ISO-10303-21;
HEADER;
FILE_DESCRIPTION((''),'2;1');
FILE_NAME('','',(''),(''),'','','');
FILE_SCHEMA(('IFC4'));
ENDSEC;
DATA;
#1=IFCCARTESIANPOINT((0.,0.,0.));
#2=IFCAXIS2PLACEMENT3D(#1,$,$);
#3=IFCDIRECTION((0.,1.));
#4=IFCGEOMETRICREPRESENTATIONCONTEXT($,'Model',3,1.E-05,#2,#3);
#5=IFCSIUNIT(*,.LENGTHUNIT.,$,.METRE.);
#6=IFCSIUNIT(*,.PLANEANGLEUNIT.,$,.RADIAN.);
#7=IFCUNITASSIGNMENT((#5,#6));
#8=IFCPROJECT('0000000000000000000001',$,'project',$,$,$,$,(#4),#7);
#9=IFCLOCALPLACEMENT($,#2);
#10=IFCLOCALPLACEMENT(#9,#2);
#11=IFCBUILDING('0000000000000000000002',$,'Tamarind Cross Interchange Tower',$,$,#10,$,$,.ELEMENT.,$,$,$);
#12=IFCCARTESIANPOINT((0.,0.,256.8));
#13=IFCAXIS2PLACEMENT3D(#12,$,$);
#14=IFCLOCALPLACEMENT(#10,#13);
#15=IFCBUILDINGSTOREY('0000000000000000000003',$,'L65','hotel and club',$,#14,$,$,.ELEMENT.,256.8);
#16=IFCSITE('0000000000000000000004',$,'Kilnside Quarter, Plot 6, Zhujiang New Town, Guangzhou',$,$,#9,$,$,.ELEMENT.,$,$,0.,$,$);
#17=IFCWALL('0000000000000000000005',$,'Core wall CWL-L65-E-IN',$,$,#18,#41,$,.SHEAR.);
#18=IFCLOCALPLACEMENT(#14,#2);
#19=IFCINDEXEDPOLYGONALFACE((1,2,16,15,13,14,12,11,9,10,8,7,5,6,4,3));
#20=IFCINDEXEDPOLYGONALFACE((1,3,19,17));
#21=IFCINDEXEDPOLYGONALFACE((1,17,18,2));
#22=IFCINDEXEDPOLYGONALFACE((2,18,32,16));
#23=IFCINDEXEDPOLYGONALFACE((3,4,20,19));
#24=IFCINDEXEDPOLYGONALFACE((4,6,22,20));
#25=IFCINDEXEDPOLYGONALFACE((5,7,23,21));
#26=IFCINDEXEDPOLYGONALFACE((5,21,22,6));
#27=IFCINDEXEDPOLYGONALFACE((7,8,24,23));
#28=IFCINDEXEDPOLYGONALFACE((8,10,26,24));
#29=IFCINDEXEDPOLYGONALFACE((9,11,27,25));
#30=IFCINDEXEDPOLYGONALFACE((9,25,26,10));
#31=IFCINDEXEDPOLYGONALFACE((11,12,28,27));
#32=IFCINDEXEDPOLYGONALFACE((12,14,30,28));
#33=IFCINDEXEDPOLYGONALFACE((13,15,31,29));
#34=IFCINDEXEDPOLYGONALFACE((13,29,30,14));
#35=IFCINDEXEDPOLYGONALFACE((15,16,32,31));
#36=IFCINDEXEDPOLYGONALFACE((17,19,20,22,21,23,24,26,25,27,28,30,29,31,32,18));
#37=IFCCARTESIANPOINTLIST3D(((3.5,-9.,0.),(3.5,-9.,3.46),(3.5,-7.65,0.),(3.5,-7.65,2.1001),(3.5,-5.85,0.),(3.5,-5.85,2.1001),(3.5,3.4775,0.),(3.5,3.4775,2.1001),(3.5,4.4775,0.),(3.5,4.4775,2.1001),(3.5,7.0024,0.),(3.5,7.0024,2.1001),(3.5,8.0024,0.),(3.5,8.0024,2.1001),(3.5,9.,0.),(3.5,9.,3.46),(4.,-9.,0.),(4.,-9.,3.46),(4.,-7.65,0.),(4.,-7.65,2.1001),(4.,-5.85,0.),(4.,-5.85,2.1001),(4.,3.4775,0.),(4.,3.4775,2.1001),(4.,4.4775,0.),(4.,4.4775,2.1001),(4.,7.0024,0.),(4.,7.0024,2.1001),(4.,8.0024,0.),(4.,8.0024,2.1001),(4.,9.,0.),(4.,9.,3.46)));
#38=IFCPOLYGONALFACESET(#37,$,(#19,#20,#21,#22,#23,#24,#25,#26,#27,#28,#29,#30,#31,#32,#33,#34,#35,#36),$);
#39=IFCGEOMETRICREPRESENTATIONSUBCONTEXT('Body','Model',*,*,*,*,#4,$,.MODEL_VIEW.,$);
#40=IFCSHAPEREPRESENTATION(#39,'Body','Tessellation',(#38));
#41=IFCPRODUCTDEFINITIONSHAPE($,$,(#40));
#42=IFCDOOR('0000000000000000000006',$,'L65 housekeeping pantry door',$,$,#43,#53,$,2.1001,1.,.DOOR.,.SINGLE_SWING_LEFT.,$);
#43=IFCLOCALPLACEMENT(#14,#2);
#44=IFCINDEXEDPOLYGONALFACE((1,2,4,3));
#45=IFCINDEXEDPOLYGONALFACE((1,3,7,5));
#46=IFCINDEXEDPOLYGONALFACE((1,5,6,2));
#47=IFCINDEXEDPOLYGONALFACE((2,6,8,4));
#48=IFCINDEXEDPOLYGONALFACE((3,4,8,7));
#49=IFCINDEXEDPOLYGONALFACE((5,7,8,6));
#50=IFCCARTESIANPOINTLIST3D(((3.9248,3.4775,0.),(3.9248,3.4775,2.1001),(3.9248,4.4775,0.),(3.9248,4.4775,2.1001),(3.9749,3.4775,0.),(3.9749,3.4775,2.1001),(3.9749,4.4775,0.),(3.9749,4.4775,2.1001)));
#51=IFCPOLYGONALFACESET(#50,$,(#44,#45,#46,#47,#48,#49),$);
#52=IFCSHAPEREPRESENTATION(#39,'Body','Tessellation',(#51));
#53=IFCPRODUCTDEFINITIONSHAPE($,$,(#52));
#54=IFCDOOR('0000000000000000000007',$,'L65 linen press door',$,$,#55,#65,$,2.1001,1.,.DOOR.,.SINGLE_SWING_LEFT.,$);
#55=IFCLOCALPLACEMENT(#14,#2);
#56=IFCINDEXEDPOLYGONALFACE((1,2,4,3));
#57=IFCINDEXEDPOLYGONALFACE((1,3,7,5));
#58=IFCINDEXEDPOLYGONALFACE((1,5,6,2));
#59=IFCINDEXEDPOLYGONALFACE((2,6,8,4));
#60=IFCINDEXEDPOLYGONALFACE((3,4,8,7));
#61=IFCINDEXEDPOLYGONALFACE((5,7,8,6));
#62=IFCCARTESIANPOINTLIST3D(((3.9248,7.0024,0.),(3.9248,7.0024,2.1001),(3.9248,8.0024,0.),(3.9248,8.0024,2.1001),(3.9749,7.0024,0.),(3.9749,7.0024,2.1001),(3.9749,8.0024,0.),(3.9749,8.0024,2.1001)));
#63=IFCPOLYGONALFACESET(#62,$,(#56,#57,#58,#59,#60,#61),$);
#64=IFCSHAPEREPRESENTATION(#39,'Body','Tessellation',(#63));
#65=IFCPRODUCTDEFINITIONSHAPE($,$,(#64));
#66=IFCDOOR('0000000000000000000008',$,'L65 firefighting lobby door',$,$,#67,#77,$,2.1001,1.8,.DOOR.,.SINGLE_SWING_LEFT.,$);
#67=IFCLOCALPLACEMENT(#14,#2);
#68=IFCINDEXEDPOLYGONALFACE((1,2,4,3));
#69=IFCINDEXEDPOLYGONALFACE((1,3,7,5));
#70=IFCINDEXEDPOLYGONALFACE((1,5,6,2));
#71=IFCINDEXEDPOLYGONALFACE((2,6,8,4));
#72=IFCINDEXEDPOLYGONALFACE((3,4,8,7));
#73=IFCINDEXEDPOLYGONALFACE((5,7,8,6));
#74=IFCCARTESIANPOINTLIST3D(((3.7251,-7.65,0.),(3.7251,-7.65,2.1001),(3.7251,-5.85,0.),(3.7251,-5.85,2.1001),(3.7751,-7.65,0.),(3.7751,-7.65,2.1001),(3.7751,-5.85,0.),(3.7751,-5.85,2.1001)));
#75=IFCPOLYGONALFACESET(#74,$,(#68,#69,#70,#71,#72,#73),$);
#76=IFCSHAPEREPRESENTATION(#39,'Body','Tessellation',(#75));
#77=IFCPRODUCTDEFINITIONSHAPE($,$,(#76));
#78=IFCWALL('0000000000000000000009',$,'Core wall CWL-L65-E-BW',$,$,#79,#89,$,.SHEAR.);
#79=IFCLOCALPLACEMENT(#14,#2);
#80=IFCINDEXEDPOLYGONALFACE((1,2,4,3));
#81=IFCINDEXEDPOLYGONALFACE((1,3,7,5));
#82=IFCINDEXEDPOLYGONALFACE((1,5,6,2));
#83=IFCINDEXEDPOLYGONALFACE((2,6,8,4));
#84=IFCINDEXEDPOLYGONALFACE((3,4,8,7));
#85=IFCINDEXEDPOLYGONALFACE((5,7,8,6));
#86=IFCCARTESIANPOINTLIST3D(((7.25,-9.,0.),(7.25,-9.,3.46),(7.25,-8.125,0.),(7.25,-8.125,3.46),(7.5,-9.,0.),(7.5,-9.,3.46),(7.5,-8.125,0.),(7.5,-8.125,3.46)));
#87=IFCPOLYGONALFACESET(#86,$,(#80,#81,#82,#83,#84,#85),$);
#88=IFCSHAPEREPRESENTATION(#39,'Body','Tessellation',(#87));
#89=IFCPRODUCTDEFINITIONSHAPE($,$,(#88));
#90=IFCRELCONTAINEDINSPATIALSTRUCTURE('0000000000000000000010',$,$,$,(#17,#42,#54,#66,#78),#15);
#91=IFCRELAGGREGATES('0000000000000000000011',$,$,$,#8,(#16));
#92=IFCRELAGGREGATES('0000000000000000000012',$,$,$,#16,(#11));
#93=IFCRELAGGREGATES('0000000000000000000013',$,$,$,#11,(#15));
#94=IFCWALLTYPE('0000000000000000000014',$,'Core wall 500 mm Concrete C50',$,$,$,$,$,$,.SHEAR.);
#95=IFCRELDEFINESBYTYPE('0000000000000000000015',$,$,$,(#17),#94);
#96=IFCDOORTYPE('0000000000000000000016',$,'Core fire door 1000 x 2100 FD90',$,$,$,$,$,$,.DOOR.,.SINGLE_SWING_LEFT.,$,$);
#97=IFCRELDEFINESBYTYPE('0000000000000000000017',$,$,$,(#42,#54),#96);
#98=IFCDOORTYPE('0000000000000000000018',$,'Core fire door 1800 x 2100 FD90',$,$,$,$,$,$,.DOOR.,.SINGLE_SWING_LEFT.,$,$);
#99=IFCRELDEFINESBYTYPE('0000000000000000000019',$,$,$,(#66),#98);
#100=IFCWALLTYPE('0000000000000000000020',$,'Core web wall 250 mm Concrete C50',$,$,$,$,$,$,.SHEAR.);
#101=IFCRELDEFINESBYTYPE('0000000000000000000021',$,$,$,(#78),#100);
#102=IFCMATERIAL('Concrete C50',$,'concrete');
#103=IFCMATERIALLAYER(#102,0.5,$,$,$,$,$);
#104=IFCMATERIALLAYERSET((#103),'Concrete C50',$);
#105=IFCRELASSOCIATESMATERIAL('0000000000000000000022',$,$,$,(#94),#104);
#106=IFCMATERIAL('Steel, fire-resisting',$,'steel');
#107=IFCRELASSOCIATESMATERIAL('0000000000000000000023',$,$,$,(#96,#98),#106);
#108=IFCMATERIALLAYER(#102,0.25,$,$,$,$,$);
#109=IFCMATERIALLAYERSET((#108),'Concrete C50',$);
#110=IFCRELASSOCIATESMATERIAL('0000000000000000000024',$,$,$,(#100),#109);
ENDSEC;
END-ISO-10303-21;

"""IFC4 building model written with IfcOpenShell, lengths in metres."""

from ifc_helpers import new_model, si_unit, direction, frame, frame_2d, origin, place, context, subcontext, project, spatial, rectangle, extrude, material, layer, layer_set, type_object, element, fill, save


model = new_model("IFC4")

# Units and contexts
model_context = context("Model", 3, precision=1e-05, world=origin(), true_north=direction((0.0, 1.0)))
body_context = subcontext(model_context, "Body", "Model", "MODEL_VIEW")
ifc_project = project(units=[si_unit("LENGTHUNIT", "METRE"), si_unit("PLANEANGLEUNIT", "RADIAN")], contexts=[model_context])

# Site, building, storey
site_placement = place(None, origin())
site = spatial("IfcSite", under=ifc_project, at=site_placement, Name="Kilnside Quarter, Plot 6, Zhujiang New Town, Guangzhou", CompositionType="ELEMENT", RefElevation=0.0)
building_placement = place(site_placement, origin())
building = spatial("IfcBuilding", under=site, at=building_placement, Name="Tamarind Cross Interchange Tower", CompositionType="ELEMENT")
storey_placement = place(building_placement, frame((0.0, 0.0, 256.8)))
storey = spatial("IfcBuildingStorey", under=building, at=storey_placement, Name="L65", Description="hotel and club", CompositionType="ELEMENT", Elevation=256.8)

# Wall, openings, doors
ifc_material_1 = material(Name="Concrete C50", Category="concrete")
ifc_layer_1 = layer(ifc_material_1, 0.5)
ifc_layer_set_1 = layer_set([ifc_layer_1], Name="Concrete C50")
wall_type_1 = type_object("IfcWallType", Name="Core wall 500 mm Concrete C50", PredefinedType="SHEAR", material=ifc_layer_set_1)
wall_1_placement = place(storey_placement, frame((3.75, -9.0, 0.0), z_axis=(0.0, 0.0, 1.0), x_axis=(0.0, 1.0, 0.0)))
wall_1 = element("IfcWall", 1, at=wall_1_placement, inside=storey, type_object=wall_type_1, Name="Core wall CWL-L65-E-IN", PredefinedType="SHEAR", context=body_context, shape_type="SweptSolid", body=[
    extrude(rectangle(XDim=18.0, YDim=0.5, at=frame_2d((9.0, 0.0))), origin(), (0.0, 0.0, 1.0), 3.46),
])
opening_1_placement = place(wall_1_placement, frame((1.3501, 0.0, 0.0)))
opening_1 = element("IfcOpeningElement", 2, at=opening_1_placement, cuts=wall_1, PredefinedType="OPENING", context=body_context, shape_type="SweptSolid", body=[
    extrude(rectangle(XDim=1.8, YDim=2.1001, at=frame_2d((0.8999, 1.05))), frame((0.0, 0.26, 0.0), z_axis=(0.0, -1.0, 0.0), x_axis=(1.0, 0.0, 0.0)), (0.0, 0.0, 1.0), 0.52),
])
opening_2_placement = place(wall_1_placement, frame((12.4775, 0.0, 0.0)))
opening_2 = element("IfcOpeningElement", 3, at=opening_2_placement, cuts=wall_1, PredefinedType="OPENING", context=body_context, shape_type="SweptSolid", body=[
    extrude(rectangle(XDim=1.0, YDim=2.1001, at=frame_2d((0.5, 1.05))), frame((0.0, 0.26, 0.0), z_axis=(0.0, -1.0, 0.0), x_axis=(1.0, 0.0, 0.0)), (0.0, 0.0, 1.0), 0.52),
])
opening_3_placement = place(wall_1_placement, frame((16.0024, 0.0, 0.0)))
opening_3 = element("IfcOpeningElement", 4, at=opening_3_placement, cuts=wall_1, PredefinedType="OPENING", context=body_context, shape_type="SweptSolid", body=[
    extrude(rectangle(XDim=1.0, YDim=2.1001, at=frame_2d((0.5, 1.05))), frame((0.0, 0.26, 0.0), z_axis=(0.0, -1.0, 0.0), x_axis=(1.0, 0.0, 0.0)), (0.0, 0.0, 1.0), 0.52),
])
ifc_material_2 = material(Name="Steel, fire-resisting", Category="steel")
door_type_1 = type_object("IfcDoorType", Name="Core fire door 1000 x 2100 FD90", OperationType="SINGLE_SWING_LEFT", PredefinedType="DOOR", material=ifc_material_2)
door_1_placement = place(opening_2_placement, origin())
door_1 = element("IfcDoor", 5, at=door_1_placement, inside=storey, type_object=door_type_1, Name="L65 housekeeping pantry door", OperationType="SINGLE_SWING_LEFT", OverallHeight=2.1001, OverallWidth=1.0, PredefinedType="DOOR", context=body_context, shape_type="SweptSolid", body=[
    extrude(rectangle(XDim=1.0, YDim=2.1001, at=frame_2d((0.5, 1.05))), frame((0.0, -0.1748, 0.0), z_axis=(0.0, -1.0, 0.0), x_axis=(1.0, 0.0, 0.0)), (0.0, 0.0, 1.0), 0.05),
])
fill(opening_2, door_1)
door_2_placement = place(opening_3_placement, origin())
door_2 = element("IfcDoor", 6, at=door_2_placement, inside=storey, type_object=door_type_1, Name="L65 linen press door", OperationType="SINGLE_SWING_LEFT", OverallHeight=2.1001, OverallWidth=1.0, PredefinedType="DOOR", context=body_context, shape_type="SweptSolid", body=[
    extrude(rectangle(XDim=1.0, YDim=2.1001, at=frame_2d((0.5, 1.05))), frame((0.0, -0.1748, 0.0), z_axis=(0.0, -1.0, 0.0), x_axis=(1.0, 0.0, 0.0)), (0.0, 0.0, 1.0), 0.05),
])
fill(opening_3, door_2)
door_type_2 = type_object("IfcDoorType", Name="Core fire door 1800 x 2100 FD90", OperationType="SINGLE_SWING_LEFT", PredefinedType="DOOR", material=ifc_material_2)
door_3_placement = place(opening_1_placement, origin())
door_3 = element("IfcDoor", 7, at=door_3_placement, inside=storey, type_object=door_type_2, Name="L65 firefighting lobby door", OperationType="SINGLE_SWING_LEFT", OverallHeight=2.1001, OverallWidth=1.8, PredefinedType="DOOR", context=body_context, shape_type="SweptSolid", body=[
    extrude(rectangle(XDim=1.8, YDim=2.1001, at=frame_2d((0.8999, 1.05))), frame((0.0, 0.0249, 0.0), z_axis=(0.0, -1.0, 0.0), x_axis=(1.0, 0.0, 0.0)), (0.0, 0.0, 1.0), 0.05),
])
fill(opening_1, door_3)

# Wall
ifc_layer_2 = layer(ifc_material_1, 0.25)
ifc_layer_set_2 = layer_set([ifc_layer_2], Name="Concrete C50")
wall_type_2 = type_object("IfcWallType", Name="Core web wall 250 mm Concrete C50", PredefinedType="SHEAR", material=ifc_layer_set_2)
wall_2_placement = place(storey_placement, frame((7.375, -9.0, 0.0), z_axis=(0.0, 0.0, 1.0), x_axis=(0.0, 1.0, 0.0)))
element("IfcWall", 8, at=wall_2_placement, inside=storey, type_object=wall_type_2, Name="Core wall CWL-L65-E-BW", PredefinedType="SHEAR", context=body_context, shape_type="SweptSolid", body=[
    extrude(rectangle(XDim=0.875, YDim=0.25, at=frame_2d((0.4375, 0.0))), origin(), (0.0, 0.0, 1.0), 3.46),
])

save(model, "model.ifc")
